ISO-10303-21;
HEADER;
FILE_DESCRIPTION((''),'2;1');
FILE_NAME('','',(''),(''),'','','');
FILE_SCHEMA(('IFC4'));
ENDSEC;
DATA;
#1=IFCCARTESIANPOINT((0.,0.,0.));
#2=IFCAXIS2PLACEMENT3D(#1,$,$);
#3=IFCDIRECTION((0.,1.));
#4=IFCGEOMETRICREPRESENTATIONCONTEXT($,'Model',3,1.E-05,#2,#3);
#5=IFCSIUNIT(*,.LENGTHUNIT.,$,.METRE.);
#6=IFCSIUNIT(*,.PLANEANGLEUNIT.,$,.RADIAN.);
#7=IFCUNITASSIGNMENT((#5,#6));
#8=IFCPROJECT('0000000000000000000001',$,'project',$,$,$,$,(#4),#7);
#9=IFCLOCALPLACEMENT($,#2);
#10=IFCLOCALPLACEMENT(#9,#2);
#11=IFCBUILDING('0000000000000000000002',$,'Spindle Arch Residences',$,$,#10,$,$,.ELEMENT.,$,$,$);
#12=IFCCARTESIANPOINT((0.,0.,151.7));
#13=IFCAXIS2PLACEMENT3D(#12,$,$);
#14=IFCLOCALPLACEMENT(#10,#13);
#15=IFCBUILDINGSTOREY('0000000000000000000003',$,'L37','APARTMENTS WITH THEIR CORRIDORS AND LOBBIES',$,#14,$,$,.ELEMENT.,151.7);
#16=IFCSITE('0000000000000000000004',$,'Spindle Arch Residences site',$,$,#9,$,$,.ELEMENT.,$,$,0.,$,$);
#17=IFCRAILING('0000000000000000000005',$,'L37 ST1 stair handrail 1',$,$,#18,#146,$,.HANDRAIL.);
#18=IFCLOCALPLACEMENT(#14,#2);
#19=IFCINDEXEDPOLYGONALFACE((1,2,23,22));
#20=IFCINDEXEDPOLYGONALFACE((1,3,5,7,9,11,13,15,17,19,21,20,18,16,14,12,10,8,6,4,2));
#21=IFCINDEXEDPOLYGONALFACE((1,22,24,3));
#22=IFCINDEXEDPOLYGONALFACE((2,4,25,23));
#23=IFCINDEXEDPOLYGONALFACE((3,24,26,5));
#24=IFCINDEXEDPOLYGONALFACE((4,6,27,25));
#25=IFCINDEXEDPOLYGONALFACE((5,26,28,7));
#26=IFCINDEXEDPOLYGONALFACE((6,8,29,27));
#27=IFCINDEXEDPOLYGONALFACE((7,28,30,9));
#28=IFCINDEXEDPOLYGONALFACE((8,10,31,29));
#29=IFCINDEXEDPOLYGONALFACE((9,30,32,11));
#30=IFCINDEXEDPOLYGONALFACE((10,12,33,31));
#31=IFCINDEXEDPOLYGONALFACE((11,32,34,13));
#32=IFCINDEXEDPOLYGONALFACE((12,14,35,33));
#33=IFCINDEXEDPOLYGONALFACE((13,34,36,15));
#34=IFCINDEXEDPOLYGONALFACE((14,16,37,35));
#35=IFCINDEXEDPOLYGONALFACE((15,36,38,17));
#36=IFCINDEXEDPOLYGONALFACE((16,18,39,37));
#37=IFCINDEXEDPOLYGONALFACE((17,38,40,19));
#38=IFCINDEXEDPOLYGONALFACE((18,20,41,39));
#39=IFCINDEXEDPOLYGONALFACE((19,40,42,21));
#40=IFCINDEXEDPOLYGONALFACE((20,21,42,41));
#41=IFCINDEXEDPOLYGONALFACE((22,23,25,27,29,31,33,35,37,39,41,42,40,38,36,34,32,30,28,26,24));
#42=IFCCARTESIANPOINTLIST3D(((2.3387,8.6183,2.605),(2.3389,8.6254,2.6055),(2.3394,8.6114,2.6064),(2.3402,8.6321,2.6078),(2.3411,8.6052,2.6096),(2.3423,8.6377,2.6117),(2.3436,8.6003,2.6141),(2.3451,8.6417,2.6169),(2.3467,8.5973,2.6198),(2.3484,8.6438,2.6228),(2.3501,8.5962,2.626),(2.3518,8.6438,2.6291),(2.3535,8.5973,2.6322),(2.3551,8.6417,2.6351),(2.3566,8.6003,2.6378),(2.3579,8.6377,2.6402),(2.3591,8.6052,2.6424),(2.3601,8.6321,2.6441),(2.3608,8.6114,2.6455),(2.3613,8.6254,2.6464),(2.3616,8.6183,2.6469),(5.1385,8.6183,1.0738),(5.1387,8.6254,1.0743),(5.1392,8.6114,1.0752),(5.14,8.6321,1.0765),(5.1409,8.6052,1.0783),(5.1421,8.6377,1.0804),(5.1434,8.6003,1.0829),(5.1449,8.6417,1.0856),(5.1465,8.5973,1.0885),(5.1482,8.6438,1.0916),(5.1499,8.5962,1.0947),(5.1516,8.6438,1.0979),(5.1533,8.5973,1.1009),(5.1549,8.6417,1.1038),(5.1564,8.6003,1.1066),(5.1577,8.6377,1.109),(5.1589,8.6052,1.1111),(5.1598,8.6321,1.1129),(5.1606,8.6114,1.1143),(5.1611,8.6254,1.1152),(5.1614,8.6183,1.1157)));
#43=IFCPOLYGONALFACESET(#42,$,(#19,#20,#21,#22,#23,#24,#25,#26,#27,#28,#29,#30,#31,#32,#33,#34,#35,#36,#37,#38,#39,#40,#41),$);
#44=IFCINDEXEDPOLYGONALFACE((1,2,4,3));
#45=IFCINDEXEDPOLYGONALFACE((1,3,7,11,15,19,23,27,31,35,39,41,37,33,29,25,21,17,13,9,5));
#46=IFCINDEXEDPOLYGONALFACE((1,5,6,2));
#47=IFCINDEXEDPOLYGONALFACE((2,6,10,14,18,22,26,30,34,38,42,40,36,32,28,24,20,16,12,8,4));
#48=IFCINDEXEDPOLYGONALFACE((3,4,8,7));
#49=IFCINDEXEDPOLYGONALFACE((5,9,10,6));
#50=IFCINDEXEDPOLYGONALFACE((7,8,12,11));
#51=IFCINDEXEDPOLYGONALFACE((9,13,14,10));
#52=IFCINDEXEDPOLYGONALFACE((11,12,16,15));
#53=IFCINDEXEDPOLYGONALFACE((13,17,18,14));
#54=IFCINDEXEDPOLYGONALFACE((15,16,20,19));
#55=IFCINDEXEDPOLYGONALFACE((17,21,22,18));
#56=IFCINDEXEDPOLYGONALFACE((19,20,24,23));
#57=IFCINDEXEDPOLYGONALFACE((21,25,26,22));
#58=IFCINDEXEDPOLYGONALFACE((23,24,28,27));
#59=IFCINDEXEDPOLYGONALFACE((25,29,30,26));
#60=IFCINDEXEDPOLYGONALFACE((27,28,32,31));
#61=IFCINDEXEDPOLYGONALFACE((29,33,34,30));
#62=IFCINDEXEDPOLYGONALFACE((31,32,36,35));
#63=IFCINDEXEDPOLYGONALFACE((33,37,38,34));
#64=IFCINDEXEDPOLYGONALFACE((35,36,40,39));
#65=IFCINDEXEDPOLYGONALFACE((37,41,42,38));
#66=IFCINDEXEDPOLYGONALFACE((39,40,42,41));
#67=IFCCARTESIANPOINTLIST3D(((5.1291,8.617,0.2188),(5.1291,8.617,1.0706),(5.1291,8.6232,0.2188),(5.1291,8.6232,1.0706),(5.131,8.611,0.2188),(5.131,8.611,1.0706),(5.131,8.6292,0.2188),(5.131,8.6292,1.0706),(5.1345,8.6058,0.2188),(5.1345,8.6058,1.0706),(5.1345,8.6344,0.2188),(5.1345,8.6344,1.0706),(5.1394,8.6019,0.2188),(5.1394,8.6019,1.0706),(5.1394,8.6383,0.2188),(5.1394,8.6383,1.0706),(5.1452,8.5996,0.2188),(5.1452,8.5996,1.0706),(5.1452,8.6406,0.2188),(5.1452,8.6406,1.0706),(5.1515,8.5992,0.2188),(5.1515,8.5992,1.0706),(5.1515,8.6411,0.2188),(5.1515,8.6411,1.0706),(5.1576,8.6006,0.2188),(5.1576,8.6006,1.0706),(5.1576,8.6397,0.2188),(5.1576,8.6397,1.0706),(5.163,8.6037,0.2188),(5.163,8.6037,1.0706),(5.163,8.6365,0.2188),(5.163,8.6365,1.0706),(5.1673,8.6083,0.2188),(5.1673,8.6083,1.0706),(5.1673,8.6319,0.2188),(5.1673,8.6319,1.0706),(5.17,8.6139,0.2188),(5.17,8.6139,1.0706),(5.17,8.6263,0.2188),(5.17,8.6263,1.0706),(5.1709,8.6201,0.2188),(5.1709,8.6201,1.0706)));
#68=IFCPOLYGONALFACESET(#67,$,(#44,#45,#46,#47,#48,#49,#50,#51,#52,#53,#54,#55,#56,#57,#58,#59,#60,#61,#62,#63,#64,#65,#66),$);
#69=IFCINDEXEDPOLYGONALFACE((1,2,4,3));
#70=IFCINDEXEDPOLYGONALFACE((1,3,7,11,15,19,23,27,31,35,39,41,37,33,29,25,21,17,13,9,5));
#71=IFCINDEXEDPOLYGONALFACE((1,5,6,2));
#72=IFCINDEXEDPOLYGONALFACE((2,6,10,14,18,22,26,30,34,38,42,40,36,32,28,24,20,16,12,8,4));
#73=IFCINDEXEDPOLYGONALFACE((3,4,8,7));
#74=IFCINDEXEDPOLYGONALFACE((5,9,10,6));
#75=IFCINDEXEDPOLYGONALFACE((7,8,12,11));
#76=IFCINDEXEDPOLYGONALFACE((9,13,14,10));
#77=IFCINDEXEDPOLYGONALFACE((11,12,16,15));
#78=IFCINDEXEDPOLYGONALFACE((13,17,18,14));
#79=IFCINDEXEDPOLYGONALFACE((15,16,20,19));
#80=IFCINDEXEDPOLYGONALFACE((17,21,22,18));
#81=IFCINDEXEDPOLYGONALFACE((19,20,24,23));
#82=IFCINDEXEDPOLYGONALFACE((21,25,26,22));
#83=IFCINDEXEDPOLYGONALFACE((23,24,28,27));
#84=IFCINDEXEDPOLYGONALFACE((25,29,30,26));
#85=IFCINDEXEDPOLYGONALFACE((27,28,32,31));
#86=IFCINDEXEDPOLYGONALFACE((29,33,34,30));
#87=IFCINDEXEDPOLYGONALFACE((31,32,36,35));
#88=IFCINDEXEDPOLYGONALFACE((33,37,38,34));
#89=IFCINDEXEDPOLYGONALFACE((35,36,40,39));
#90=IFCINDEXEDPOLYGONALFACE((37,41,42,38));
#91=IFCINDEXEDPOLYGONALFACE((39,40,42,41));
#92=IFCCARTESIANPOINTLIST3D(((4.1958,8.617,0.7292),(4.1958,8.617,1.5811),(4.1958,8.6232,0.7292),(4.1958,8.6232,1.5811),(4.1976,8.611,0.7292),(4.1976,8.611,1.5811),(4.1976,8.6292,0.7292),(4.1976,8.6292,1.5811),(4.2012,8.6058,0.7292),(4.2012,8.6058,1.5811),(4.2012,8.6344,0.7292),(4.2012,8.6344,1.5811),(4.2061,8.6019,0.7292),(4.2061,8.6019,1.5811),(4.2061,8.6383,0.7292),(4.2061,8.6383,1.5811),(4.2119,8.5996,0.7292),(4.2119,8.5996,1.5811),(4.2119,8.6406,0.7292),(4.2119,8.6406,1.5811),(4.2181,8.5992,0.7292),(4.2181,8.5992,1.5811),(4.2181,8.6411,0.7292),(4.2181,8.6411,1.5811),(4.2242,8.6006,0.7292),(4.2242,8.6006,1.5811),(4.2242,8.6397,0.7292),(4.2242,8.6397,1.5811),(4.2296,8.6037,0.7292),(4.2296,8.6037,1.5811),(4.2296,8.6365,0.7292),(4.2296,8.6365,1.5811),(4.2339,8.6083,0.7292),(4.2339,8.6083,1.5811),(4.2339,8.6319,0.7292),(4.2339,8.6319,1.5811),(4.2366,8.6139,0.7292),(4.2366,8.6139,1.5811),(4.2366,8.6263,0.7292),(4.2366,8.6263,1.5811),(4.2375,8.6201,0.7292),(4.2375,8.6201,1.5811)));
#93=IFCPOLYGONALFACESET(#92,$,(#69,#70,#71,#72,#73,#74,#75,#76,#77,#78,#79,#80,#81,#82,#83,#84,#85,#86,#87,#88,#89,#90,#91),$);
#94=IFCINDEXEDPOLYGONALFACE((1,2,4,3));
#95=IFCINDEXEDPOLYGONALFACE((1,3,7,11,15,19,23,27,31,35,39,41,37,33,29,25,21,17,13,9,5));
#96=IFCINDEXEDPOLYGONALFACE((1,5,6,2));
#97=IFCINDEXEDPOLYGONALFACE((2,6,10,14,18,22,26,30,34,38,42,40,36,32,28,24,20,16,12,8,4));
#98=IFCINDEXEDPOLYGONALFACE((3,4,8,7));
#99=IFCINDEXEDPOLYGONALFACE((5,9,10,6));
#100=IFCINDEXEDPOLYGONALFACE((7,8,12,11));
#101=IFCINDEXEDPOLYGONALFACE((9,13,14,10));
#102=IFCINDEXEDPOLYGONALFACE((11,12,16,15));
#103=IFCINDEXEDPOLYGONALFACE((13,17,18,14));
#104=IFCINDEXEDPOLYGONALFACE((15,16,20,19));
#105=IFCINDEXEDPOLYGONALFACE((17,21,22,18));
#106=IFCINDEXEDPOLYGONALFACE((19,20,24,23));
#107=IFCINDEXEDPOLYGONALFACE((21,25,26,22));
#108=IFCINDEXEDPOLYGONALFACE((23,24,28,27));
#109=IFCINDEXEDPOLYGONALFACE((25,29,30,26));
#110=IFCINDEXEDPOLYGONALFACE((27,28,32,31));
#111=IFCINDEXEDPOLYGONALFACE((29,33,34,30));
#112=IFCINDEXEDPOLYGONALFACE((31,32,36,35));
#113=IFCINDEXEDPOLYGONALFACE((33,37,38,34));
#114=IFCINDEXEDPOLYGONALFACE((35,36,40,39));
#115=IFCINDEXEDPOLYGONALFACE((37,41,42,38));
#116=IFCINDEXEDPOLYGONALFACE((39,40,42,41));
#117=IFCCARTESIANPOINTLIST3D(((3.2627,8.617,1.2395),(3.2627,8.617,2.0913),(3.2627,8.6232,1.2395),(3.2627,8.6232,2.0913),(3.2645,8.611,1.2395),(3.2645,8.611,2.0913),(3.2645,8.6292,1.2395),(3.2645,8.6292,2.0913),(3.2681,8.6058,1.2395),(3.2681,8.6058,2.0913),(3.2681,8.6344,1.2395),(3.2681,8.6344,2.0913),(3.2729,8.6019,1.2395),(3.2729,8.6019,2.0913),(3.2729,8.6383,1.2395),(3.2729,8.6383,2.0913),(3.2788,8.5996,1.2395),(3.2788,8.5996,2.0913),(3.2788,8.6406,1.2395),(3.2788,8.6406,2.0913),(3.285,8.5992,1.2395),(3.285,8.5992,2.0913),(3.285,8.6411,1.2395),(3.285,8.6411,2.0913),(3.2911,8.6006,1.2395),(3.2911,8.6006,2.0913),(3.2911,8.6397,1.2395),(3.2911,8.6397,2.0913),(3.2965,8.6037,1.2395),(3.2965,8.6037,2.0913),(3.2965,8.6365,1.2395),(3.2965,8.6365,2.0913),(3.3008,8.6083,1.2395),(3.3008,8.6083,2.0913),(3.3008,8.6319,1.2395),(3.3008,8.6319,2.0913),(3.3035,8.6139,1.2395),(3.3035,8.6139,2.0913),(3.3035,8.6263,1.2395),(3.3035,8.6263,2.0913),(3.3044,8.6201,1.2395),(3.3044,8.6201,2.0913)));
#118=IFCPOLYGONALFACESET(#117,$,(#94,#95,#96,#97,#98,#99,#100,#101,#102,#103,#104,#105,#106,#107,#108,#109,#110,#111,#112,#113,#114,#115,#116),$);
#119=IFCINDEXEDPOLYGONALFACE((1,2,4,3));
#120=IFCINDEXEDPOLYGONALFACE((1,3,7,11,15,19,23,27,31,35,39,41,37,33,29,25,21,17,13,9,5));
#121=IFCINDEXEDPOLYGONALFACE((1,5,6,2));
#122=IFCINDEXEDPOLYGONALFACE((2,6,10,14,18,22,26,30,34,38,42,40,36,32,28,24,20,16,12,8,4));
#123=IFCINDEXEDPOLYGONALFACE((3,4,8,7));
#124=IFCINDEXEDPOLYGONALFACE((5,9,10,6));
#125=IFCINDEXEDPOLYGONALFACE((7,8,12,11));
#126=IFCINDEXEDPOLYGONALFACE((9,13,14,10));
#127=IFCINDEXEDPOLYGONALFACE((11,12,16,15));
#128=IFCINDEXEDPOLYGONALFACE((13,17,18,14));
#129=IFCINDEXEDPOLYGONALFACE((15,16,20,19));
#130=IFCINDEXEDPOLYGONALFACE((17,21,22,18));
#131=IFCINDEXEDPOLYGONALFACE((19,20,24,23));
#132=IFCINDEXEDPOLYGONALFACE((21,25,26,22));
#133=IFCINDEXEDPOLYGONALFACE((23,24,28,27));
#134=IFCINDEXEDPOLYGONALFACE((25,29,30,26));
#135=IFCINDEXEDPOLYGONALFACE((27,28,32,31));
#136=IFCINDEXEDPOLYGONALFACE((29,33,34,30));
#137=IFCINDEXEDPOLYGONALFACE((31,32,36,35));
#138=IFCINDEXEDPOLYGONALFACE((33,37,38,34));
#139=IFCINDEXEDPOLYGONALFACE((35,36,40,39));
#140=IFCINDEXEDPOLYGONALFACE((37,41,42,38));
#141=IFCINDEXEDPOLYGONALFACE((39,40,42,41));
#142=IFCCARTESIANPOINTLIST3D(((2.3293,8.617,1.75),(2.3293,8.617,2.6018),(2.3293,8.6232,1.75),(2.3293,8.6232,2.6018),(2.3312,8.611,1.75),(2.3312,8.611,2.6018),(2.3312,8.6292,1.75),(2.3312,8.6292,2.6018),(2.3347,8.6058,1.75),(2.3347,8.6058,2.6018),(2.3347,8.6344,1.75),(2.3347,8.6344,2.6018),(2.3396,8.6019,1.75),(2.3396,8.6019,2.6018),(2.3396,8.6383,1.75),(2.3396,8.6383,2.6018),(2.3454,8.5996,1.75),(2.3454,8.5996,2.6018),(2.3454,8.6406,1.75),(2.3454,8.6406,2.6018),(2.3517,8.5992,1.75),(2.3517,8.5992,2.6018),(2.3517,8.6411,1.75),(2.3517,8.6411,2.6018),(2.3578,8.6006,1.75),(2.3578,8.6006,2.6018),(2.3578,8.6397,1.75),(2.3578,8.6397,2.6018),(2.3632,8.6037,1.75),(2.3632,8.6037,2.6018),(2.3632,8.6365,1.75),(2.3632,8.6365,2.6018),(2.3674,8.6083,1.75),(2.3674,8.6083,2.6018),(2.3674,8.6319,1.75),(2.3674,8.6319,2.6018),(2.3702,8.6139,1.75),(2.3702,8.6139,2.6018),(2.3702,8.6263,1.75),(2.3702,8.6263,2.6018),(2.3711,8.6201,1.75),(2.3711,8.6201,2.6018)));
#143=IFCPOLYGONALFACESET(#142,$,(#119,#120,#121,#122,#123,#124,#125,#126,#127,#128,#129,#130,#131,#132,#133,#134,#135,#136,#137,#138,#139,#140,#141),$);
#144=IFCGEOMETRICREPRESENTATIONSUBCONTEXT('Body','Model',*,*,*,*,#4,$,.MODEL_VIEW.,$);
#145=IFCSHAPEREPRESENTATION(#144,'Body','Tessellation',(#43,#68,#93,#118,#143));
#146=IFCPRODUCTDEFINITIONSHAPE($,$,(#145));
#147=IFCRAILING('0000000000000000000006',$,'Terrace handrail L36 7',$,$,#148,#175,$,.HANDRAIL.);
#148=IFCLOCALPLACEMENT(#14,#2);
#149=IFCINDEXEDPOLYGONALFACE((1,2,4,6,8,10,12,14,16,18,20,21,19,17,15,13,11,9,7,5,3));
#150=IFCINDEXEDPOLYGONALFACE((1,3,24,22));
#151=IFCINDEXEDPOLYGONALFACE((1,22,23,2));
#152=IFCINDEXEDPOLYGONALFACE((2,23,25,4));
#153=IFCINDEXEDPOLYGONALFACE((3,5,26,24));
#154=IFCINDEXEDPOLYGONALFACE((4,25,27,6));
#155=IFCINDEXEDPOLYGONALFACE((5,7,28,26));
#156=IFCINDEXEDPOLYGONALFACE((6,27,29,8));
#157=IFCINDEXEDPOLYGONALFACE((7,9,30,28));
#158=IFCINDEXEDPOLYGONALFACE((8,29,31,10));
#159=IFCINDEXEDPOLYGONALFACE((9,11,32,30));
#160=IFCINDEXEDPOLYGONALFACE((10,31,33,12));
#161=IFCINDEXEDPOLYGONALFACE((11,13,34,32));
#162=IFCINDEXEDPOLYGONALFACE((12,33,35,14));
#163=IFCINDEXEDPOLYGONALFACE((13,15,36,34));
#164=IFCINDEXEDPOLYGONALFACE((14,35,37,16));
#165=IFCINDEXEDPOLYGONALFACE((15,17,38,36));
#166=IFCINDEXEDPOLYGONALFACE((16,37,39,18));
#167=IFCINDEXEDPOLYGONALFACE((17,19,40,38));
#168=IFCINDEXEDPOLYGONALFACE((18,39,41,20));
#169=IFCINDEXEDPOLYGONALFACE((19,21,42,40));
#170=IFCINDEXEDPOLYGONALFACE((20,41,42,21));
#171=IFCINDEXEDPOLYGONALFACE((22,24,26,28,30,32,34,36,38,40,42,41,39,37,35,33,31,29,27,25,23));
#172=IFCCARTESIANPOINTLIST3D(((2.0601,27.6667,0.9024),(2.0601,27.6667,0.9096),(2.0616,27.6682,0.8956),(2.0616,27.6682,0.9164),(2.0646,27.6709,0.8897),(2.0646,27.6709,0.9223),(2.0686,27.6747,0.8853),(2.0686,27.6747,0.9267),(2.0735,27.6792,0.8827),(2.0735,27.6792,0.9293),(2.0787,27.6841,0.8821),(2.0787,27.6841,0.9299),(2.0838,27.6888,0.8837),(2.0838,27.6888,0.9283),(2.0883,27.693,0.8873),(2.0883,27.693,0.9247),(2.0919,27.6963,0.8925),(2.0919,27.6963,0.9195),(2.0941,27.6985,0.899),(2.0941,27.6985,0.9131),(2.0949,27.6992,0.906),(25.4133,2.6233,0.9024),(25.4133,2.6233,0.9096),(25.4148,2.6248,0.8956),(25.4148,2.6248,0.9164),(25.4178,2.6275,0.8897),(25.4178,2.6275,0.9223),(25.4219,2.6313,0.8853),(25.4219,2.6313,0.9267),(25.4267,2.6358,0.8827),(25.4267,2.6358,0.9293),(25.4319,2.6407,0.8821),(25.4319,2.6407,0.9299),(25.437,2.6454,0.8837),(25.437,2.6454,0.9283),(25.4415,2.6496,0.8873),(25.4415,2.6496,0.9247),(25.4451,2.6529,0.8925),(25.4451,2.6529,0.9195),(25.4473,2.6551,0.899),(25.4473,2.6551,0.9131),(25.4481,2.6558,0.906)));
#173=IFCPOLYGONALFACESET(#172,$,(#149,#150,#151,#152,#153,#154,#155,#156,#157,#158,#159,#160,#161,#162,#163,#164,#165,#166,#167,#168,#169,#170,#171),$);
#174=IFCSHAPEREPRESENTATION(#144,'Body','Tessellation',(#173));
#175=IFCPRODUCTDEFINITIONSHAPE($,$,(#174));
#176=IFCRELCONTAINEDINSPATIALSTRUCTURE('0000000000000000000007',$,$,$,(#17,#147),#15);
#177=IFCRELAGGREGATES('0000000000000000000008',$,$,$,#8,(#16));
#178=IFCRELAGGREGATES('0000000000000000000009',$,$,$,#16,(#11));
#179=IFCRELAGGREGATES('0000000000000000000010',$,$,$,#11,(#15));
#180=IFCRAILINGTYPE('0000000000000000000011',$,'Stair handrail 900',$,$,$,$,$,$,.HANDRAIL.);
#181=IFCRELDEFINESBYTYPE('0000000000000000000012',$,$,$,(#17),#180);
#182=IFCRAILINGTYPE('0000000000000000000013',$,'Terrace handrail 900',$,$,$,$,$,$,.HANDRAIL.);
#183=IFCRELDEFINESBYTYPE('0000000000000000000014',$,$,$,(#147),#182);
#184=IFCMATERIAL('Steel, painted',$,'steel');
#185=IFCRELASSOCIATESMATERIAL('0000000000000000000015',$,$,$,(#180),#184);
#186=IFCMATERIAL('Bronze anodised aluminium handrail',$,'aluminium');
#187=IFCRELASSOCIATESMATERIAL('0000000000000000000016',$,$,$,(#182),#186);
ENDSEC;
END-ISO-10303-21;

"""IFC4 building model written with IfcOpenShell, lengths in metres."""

from ifc_helpers import new_model, si_unit, direction, frame, origin, origin_2d, place, context, subcontext, project, spatial, circle, extrude, material, type_object, element, save


model = new_model("IFC4")

# Units and contexts
model_context = context("Model", 3, precision=1e-05, world=origin(), true_north=direction((0.0, 1.0)))
body_context = subcontext(model_context, "Body", "Model", "MODEL_VIEW")
ifc_project = project(units=[si_unit("LENGTHUNIT", "METRE"), si_unit("PLANEANGLEUNIT", "RADIAN")], contexts=[model_context])

# Site, building, storey
site_placement = place(None, origin())
site = spatial("IfcSite", under=ifc_project, at=site_placement, Name="Spindle Arch Residences site", CompositionType="ELEMENT", RefElevation=0.0)
building_placement = place(site_placement, origin())
building = spatial("IfcBuilding", under=site, at=building_placement, Name="Spindle Arch Residences", CompositionType="ELEMENT")
storey_placement = place(building_placement, frame((0.0, 0.0, 151.7)))
storey = spatial("IfcBuildingStorey", under=building, at=storey_placement, Name="L37", Description="APARTMENTS WITH THEIR CORRIDORS AND LOBBIES", CompositionType="ELEMENT", Elevation=151.7)

# Railings
ifc_material_1 = material(Name="Steel, painted", Category="steel")
railing_type_1 = type_object("IfcRailingType", Name="Stair handrail 900", PredefinedType="HANDRAIL", material=ifc_material_1)
railing_1_placement = place(storey_placement, frame((5.1499, 8.6201, 0.2188)))
element("IfcRailing", 1, at=railing_1_placement, inside=storey, type_object=railing_type_1, Name="L37 ST1 stair handrail 1", PredefinedType="HANDRAIL", context=body_context, shape_type="SweptSolid", body=[
    extrude(circle(Radius=0.0239, at=origin_2d()), frame((0.0, 0.0, 0.876), z_axis=(-0.877357, 0.0, 0.479838), x_axis=(0.0, -1.0, 0.0)), (0.0, 0.0, 1.0), 3.1912),
    extrude(circle(Radius=0.021, at=origin_2d()), origin(), (0.0, 0.0, 1.0), 0.8518),
    extrude(circle(Radius=0.021, at=origin_2d()), frame((-0.9333, 0.0, 0.5105)), (0.0, 0.0, 1.0), 0.8518),
    extrude(circle(Radius=0.021, at=origin_2d()), frame((-1.8665, 0.0, 1.0208)), (0.0, 0.0, 1.0), 0.8518),
    extrude(circle(Radius=0.021, at=origin_2d()), frame((-2.7998, 0.0, 1.5312)), (0.0, 0.0, 1.0), 0.8518),
])
ifc_material_2 = material(Name="Bronze anodised aluminium handrail", Category="aluminium")
railing_type_2 = type_object("IfcRailingType", Name="Terrace handrail 900", PredefinedType="HANDRAIL", material=ifc_material_2)
railing_2_placement = place(storey_placement, frame((2.0774, 27.6829, 0.03)))
element("IfcRailing", 2, at=railing_2_placement, inside=storey, type_object=railing_type_2, Name="Terrace handrail L36 7", PredefinedType="HANDRAIL", context=body_context, shape_type="SweptSolid", body=[
    extrude(circle(Radius=0.0239, at=origin_2d()), frame((0.0, 0.0, 0.876), z_axis=(0.681996, -0.731356, 0.0), x_axis=(0.731356, 0.681996, 0.0)), (0.0, 0.0, 1.0), 34.2424),
])

save(model, "model.ifc")
